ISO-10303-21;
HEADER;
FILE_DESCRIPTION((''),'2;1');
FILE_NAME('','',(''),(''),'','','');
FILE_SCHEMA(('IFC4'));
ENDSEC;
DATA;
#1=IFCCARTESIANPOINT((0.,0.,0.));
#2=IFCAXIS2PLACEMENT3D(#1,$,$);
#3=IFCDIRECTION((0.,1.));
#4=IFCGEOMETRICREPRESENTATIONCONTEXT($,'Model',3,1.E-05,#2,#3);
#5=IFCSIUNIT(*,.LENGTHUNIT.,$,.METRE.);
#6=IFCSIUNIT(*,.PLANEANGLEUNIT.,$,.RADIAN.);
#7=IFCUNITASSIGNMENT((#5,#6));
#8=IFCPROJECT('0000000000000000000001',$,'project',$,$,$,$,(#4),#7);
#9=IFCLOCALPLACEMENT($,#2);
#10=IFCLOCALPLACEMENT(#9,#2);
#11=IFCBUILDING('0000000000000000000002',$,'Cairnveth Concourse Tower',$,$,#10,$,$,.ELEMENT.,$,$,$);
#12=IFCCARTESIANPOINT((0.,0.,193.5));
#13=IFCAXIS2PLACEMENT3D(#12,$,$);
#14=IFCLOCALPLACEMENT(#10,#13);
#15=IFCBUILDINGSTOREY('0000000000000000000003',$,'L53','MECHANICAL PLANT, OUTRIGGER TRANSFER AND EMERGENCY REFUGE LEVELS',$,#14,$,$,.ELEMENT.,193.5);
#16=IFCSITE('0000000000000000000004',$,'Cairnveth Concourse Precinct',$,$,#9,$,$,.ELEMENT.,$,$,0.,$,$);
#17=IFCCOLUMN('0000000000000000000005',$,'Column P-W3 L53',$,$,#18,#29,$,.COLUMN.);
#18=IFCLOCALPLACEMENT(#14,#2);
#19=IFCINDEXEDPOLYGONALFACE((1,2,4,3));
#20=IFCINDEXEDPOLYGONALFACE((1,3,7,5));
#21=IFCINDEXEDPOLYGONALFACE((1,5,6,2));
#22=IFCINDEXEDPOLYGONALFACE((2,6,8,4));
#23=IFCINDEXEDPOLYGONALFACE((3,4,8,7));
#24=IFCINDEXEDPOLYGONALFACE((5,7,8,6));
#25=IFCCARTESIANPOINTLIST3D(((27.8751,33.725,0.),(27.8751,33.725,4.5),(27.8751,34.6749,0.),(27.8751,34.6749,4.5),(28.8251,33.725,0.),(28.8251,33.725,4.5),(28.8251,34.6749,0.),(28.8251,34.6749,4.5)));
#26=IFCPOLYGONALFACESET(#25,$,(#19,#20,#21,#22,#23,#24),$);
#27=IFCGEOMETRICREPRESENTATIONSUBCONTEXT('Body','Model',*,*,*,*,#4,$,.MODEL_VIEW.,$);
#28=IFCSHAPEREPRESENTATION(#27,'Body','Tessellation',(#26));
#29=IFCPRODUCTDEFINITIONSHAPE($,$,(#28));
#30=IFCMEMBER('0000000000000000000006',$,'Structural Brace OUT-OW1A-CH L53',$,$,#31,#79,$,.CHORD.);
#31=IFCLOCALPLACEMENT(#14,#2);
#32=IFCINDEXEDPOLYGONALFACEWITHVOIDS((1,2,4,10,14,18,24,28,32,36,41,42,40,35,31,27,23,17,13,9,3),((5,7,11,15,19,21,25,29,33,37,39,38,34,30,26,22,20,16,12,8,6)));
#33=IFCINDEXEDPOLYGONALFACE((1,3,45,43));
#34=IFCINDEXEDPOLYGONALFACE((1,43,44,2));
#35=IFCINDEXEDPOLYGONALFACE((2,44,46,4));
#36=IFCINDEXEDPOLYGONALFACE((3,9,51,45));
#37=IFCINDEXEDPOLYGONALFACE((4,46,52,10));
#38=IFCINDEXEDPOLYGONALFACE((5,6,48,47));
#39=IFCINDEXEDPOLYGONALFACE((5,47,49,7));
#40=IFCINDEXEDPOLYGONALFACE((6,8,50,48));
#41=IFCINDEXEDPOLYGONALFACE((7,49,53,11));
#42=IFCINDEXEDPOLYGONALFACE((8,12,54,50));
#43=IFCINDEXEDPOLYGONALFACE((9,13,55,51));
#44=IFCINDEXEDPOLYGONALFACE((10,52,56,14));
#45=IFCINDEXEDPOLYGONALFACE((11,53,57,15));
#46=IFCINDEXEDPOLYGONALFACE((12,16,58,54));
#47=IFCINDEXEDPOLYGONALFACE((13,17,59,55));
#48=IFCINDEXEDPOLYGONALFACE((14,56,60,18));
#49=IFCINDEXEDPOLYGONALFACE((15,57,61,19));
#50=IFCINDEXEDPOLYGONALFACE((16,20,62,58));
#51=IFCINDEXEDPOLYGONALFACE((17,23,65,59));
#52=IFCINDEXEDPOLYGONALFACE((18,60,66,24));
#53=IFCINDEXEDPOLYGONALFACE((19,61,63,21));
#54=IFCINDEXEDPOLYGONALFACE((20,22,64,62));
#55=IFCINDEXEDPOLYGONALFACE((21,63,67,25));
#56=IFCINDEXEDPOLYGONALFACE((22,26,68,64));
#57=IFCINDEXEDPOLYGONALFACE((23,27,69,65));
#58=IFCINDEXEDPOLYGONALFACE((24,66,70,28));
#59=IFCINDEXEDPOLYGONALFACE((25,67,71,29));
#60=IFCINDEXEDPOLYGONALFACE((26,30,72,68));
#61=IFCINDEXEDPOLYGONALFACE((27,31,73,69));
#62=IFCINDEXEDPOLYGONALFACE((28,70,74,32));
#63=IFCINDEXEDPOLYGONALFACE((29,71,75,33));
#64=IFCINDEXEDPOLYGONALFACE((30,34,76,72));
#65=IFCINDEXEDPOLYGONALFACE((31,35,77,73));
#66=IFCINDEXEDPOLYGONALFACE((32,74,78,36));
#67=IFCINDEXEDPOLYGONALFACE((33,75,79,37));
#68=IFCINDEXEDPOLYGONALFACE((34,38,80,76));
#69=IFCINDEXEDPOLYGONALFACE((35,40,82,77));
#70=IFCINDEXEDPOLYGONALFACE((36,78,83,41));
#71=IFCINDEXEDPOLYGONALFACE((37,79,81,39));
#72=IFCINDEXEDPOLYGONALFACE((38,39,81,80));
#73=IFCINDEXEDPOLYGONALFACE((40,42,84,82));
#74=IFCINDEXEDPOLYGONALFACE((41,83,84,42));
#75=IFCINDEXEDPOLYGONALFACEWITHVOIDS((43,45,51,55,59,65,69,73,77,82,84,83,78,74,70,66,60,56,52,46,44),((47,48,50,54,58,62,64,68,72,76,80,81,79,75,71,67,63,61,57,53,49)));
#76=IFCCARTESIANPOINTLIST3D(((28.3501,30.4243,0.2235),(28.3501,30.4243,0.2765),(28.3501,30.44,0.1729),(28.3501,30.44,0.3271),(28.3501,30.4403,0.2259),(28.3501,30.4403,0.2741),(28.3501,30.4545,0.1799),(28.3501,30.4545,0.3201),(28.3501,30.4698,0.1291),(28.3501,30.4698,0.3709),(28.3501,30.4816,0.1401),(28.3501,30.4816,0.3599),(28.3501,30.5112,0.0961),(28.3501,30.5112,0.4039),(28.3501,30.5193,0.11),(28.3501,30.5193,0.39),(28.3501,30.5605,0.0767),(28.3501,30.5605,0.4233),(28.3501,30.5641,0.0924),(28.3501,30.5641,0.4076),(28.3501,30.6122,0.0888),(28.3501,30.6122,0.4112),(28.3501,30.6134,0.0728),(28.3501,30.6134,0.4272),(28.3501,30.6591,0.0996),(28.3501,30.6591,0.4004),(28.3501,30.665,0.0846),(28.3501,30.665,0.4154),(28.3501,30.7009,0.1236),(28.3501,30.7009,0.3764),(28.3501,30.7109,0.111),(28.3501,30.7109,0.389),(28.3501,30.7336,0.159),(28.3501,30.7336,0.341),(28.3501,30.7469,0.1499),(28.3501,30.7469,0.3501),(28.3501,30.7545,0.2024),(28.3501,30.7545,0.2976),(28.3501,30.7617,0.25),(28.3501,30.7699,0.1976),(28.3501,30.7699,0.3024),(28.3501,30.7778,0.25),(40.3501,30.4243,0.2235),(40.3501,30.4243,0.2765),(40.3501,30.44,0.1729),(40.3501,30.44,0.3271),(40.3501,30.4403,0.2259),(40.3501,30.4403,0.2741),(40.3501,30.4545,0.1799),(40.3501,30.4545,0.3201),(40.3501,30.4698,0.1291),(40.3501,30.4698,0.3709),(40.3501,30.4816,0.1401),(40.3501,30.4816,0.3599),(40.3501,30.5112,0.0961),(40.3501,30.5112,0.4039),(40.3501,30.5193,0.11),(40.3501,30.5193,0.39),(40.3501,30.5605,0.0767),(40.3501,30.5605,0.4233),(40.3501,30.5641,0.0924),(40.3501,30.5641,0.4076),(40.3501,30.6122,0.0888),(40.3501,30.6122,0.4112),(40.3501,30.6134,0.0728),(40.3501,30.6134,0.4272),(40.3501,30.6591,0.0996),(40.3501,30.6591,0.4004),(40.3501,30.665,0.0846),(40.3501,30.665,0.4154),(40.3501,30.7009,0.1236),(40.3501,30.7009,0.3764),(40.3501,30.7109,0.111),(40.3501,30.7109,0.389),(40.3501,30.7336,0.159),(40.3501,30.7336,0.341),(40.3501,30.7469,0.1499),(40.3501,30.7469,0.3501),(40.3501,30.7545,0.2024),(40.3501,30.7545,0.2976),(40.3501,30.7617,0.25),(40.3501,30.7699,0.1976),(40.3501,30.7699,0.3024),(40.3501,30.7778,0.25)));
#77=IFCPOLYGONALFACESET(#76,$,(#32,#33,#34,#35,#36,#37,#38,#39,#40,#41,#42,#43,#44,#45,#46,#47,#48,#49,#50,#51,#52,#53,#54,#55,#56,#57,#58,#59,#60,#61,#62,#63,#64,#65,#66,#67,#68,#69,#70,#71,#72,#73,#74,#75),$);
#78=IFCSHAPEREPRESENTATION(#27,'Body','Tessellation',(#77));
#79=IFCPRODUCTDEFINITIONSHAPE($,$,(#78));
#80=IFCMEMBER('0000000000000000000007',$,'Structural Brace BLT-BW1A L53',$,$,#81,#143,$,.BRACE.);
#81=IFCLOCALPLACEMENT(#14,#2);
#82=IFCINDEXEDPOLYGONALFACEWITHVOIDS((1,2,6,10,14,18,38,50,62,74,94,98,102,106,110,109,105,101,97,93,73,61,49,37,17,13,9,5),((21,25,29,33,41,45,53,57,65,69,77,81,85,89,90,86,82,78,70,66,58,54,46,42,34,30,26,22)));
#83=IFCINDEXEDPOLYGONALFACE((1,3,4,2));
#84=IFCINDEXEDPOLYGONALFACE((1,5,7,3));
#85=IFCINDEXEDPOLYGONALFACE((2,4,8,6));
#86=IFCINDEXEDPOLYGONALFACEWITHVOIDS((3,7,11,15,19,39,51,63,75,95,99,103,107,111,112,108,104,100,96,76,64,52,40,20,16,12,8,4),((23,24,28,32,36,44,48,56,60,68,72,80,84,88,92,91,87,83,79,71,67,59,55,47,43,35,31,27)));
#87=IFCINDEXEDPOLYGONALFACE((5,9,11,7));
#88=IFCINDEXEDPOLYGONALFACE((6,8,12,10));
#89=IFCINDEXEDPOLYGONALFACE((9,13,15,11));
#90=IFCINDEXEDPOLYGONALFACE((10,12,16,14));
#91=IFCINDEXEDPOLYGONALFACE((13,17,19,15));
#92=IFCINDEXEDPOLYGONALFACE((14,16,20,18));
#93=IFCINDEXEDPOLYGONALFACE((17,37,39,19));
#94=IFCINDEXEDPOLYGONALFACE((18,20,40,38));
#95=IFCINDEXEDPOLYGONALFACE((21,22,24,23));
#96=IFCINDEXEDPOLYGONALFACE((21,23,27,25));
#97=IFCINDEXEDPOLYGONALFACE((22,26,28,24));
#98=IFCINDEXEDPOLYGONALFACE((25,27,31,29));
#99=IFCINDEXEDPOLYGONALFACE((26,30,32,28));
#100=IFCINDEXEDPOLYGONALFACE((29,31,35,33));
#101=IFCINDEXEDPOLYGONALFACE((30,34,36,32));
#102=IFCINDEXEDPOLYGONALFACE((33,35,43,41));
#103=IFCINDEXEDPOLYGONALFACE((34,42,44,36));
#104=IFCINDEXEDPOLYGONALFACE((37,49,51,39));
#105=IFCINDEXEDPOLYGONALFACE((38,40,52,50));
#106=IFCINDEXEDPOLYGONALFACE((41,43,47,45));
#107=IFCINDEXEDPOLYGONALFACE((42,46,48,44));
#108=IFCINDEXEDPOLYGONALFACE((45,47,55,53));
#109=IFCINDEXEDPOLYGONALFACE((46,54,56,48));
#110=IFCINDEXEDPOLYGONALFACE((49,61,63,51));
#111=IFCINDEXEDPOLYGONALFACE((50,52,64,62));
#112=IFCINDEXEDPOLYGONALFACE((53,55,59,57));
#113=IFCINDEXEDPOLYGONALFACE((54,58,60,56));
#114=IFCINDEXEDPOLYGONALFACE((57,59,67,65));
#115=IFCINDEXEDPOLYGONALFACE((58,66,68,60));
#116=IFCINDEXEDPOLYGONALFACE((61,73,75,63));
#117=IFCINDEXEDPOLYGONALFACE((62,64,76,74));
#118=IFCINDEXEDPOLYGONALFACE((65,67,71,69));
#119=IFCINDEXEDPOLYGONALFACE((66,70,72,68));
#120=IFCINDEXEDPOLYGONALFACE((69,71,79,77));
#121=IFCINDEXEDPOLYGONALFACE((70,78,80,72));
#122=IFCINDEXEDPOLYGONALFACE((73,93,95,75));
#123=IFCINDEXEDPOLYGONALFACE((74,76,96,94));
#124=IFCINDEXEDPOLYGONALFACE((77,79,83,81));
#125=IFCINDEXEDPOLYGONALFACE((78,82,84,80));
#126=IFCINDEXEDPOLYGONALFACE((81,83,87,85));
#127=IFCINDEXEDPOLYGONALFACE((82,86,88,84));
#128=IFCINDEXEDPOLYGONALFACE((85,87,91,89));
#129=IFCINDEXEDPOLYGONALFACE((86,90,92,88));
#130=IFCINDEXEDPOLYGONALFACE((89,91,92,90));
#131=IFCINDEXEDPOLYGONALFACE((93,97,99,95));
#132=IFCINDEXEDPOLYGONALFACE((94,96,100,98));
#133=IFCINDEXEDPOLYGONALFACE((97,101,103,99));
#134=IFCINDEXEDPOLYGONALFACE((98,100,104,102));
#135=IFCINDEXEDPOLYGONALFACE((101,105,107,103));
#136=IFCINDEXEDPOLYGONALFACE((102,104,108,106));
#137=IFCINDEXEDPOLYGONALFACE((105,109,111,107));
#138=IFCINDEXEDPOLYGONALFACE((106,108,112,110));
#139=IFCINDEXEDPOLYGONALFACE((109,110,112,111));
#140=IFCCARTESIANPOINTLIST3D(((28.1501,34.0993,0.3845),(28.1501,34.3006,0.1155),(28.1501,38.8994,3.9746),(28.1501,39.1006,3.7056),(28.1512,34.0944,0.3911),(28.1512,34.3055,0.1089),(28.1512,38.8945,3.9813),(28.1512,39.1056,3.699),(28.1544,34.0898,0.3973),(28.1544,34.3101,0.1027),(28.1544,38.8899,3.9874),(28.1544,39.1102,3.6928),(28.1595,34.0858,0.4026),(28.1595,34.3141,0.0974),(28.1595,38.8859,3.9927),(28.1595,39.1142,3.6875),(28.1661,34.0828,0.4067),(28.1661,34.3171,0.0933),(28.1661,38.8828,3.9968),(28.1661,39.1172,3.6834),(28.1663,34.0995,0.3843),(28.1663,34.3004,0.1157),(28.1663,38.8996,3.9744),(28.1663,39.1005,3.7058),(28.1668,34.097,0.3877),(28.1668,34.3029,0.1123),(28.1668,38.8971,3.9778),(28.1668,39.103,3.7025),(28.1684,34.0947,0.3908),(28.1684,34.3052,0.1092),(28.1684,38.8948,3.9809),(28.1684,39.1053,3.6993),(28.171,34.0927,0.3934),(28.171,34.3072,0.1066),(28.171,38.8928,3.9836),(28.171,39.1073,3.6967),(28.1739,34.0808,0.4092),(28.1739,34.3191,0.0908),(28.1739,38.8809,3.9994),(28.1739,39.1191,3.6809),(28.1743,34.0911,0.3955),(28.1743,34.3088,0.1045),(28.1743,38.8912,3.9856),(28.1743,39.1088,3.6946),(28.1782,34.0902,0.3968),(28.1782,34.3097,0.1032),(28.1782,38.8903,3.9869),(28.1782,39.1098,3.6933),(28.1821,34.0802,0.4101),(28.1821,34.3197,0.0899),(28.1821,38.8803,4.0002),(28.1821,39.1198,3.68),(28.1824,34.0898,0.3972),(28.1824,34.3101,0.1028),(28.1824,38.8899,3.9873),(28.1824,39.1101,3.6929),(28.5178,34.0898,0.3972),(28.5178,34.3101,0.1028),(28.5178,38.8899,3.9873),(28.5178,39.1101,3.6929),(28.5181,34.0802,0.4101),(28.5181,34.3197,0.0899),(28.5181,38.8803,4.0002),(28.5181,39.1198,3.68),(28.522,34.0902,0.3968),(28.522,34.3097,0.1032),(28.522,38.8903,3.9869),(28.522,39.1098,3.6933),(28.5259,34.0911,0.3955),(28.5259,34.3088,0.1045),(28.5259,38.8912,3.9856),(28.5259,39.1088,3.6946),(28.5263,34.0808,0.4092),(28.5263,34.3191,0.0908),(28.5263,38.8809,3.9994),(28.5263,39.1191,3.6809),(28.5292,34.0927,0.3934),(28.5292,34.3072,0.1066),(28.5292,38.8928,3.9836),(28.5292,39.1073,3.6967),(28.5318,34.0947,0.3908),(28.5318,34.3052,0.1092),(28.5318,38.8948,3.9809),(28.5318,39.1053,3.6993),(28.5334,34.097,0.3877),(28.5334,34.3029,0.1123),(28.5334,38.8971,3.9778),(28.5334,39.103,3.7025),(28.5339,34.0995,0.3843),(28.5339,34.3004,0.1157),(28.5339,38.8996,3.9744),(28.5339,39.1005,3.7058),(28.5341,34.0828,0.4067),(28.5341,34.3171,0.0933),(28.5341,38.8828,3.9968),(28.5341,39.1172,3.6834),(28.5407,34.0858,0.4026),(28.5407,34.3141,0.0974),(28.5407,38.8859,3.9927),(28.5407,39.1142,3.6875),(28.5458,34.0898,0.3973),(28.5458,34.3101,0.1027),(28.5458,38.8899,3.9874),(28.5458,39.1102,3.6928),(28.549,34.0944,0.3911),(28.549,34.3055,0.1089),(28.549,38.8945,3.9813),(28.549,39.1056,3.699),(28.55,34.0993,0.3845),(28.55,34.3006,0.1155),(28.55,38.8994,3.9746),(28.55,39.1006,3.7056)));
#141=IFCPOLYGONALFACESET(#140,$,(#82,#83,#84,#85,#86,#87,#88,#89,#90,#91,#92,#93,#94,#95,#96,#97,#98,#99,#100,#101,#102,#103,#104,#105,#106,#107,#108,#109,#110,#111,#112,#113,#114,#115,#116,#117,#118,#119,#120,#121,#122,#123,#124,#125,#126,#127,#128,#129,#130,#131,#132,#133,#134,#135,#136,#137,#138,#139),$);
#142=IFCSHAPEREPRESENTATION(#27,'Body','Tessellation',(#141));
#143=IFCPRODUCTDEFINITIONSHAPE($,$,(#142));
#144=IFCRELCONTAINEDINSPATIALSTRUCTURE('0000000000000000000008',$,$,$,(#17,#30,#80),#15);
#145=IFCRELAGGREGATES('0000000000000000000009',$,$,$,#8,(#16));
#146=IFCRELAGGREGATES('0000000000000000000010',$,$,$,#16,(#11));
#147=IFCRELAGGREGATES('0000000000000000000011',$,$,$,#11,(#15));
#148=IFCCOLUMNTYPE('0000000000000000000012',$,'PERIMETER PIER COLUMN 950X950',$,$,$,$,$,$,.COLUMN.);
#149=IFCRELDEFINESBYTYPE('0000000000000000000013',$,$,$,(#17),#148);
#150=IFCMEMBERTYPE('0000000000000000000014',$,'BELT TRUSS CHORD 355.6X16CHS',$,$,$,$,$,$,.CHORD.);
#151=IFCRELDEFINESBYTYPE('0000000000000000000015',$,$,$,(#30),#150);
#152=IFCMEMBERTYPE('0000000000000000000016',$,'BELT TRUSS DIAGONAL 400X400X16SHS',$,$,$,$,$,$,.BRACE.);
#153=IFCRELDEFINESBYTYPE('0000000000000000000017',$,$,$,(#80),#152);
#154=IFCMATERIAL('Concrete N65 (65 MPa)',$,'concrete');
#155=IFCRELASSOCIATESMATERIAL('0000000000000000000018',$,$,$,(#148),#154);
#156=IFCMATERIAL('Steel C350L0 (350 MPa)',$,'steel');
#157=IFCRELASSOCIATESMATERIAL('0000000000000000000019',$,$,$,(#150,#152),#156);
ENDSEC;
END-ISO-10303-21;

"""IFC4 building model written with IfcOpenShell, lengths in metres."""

from ifc_helpers import new_model, si_unit, direction, frame, origin, origin_2d, place, context, subcontext, project, spatial, rectangle, hollow_rectangle, hollow_circle, extrude, material, material_profile, profile_set, type_object, element, save


model = new_model("IFC4")

# Units and contexts
model_context = context("Model", 3, precision=1e-05, world=origin(), true_north=direction((0.0, 1.0)))
body_context = subcontext(model_context, "Body", "Model", "MODEL_VIEW")
ifc_project = project(units=[si_unit("LENGTHUNIT", "METRE"), si_unit("PLANEANGLEUNIT", "RADIAN")], contexts=[model_context])

# Site, building, storey
site_placement = place(None, origin())
site = spatial("IfcSite", under=ifc_project, at=site_placement, Name="Cairnveth Concourse Precinct", CompositionType="ELEMENT", RefElevation=0.0)
building_placement = place(site_placement, origin())
building = spatial("IfcBuilding", under=site, at=building_placement, Name="Cairnveth Concourse Tower", CompositionType="ELEMENT")
storey_placement = place(building_placement, frame((0.0, 0.0, 193.5)))
storey = spatial("IfcBuildingStorey", under=building, at=storey_placement, Name="L53", Description="MECHANICAL PLANT, OUTRIGGER TRANSFER AND EMERGENCY REFUGE LEVELS", CompositionType="ELEMENT", Elevation=193.5)

# Column
ifc_material_1 = material(Name="Concrete N65 (65 MPa)", Category="concrete")
ifc_material_profile_1 = material_profile(ifc_material_1, rectangle(XDim=0.95, YDim=0.95, at=origin_2d()), Name="RC-COL-950x950")
ifc_profile_set_1 = profile_set([ifc_material_profile_1], Name="Concrete N65 (65 MPa)")
column_type = type_object("IfcColumnType", Name="PERIMETER PIER COLUMN 950X950", PredefinedType="COLUMN", material=ifc_profile_set_1)
column_placement = place(storey_placement, frame((28.3501, 34.2, 0.0), z_axis=(0.0, 0.0, 1.0), x_axis=(0.0, 1.0, 0.0)))
element("IfcColumn", 1, at=column_placement, inside=storey, type_object=column_type, Name="Column P-W3 L53", PredefinedType="COLUMN", context=body_context, shape_type="SweptSolid", body=[
    extrude(rectangle(XDim=0.95, YDim=0.95, at=origin_2d()), origin(), (0.0, 0.0, 1.0), 4.5),
])

# Members
ifc_material_2 = material(Name="Steel C350L0 (350 MPa)", Category="steel")
ifc_material_profile_2 = material_profile(ifc_material_2, hollow_circle(Radius=0.1777, WallThickness=0.0161, at=origin_2d()), Name="355.6x16.0CHS")
ifc_profile_set_2 = profile_set([ifc_material_profile_2], Name="Steel C350L0 (350 MPa)")
member_type_1 = type_object("IfcMemberType", Name="BELT TRUSS CHORD 355.6X16CHS", PredefinedType="CHORD", material=ifc_profile_set_2)
member_1_placement = place(storey_placement, frame((28.3501, 30.6001, 0.25), z_axis=(1.0, 0.0, 0.0), x_axis=(0.0, 1.0, 0.0)))
element("IfcMember", 2, at=member_1_placement, inside=storey, type_object=member_type_1, Name="Structural Brace OUT-OW1A-CH L53", PredefinedType="CHORD", context=body_context, shape_type="SweptSolid", body=[
    extrude(hollow_circle(Radius=0.1777, WallThickness=0.0161, at=origin_2d()), origin(), (0.0, 0.0, 1.0), 12.0),
])
ifc_material_profile_3 = material_profile(ifc_material_2, hollow_rectangle(XDim=0.3999, YDim=0.3999, WallThickness=0.0161, InnerFilletRadius=0.0161, OuterFilletRadius=0.032, at=origin_2d()), Name="400x400x16.0SHS")
ifc_profile_set_3 = profile_set([ifc_material_profile_3], Name="Steel C350L0 (350 MPa)")
member_type_2 = type_object("IfcMemberType", Name="BELT TRUSS DIAGONAL 400X400X16SHS", PredefinedType="BRACE", material=ifc_profile_set_3)
member_2_placement = place(storey_placement, frame((28.3501, 34.2, 0.25), z_axis=(0.0, 0.800796, 0.598937), x_axis=(-1.0, 0.0, 0.0)))
element("IfcMember", 3, at=member_2_placement, inside=storey, type_object=member_type_2, Name="Structural Brace BLT-BW1A L53", PredefinedType="BRACE", context=body_context, shape_type="SweptSolid", body=[
    extrude(hollow_rectangle(XDim=0.3999, YDim=0.3999, WallThickness=0.0161, InnerFilletRadius=0.0161, OuterFilletRadius=0.032, at=origin_2d()), origin(), (0.0, 0.0, 1.0), 5.9941),
])

save(model, "model.ifc")
